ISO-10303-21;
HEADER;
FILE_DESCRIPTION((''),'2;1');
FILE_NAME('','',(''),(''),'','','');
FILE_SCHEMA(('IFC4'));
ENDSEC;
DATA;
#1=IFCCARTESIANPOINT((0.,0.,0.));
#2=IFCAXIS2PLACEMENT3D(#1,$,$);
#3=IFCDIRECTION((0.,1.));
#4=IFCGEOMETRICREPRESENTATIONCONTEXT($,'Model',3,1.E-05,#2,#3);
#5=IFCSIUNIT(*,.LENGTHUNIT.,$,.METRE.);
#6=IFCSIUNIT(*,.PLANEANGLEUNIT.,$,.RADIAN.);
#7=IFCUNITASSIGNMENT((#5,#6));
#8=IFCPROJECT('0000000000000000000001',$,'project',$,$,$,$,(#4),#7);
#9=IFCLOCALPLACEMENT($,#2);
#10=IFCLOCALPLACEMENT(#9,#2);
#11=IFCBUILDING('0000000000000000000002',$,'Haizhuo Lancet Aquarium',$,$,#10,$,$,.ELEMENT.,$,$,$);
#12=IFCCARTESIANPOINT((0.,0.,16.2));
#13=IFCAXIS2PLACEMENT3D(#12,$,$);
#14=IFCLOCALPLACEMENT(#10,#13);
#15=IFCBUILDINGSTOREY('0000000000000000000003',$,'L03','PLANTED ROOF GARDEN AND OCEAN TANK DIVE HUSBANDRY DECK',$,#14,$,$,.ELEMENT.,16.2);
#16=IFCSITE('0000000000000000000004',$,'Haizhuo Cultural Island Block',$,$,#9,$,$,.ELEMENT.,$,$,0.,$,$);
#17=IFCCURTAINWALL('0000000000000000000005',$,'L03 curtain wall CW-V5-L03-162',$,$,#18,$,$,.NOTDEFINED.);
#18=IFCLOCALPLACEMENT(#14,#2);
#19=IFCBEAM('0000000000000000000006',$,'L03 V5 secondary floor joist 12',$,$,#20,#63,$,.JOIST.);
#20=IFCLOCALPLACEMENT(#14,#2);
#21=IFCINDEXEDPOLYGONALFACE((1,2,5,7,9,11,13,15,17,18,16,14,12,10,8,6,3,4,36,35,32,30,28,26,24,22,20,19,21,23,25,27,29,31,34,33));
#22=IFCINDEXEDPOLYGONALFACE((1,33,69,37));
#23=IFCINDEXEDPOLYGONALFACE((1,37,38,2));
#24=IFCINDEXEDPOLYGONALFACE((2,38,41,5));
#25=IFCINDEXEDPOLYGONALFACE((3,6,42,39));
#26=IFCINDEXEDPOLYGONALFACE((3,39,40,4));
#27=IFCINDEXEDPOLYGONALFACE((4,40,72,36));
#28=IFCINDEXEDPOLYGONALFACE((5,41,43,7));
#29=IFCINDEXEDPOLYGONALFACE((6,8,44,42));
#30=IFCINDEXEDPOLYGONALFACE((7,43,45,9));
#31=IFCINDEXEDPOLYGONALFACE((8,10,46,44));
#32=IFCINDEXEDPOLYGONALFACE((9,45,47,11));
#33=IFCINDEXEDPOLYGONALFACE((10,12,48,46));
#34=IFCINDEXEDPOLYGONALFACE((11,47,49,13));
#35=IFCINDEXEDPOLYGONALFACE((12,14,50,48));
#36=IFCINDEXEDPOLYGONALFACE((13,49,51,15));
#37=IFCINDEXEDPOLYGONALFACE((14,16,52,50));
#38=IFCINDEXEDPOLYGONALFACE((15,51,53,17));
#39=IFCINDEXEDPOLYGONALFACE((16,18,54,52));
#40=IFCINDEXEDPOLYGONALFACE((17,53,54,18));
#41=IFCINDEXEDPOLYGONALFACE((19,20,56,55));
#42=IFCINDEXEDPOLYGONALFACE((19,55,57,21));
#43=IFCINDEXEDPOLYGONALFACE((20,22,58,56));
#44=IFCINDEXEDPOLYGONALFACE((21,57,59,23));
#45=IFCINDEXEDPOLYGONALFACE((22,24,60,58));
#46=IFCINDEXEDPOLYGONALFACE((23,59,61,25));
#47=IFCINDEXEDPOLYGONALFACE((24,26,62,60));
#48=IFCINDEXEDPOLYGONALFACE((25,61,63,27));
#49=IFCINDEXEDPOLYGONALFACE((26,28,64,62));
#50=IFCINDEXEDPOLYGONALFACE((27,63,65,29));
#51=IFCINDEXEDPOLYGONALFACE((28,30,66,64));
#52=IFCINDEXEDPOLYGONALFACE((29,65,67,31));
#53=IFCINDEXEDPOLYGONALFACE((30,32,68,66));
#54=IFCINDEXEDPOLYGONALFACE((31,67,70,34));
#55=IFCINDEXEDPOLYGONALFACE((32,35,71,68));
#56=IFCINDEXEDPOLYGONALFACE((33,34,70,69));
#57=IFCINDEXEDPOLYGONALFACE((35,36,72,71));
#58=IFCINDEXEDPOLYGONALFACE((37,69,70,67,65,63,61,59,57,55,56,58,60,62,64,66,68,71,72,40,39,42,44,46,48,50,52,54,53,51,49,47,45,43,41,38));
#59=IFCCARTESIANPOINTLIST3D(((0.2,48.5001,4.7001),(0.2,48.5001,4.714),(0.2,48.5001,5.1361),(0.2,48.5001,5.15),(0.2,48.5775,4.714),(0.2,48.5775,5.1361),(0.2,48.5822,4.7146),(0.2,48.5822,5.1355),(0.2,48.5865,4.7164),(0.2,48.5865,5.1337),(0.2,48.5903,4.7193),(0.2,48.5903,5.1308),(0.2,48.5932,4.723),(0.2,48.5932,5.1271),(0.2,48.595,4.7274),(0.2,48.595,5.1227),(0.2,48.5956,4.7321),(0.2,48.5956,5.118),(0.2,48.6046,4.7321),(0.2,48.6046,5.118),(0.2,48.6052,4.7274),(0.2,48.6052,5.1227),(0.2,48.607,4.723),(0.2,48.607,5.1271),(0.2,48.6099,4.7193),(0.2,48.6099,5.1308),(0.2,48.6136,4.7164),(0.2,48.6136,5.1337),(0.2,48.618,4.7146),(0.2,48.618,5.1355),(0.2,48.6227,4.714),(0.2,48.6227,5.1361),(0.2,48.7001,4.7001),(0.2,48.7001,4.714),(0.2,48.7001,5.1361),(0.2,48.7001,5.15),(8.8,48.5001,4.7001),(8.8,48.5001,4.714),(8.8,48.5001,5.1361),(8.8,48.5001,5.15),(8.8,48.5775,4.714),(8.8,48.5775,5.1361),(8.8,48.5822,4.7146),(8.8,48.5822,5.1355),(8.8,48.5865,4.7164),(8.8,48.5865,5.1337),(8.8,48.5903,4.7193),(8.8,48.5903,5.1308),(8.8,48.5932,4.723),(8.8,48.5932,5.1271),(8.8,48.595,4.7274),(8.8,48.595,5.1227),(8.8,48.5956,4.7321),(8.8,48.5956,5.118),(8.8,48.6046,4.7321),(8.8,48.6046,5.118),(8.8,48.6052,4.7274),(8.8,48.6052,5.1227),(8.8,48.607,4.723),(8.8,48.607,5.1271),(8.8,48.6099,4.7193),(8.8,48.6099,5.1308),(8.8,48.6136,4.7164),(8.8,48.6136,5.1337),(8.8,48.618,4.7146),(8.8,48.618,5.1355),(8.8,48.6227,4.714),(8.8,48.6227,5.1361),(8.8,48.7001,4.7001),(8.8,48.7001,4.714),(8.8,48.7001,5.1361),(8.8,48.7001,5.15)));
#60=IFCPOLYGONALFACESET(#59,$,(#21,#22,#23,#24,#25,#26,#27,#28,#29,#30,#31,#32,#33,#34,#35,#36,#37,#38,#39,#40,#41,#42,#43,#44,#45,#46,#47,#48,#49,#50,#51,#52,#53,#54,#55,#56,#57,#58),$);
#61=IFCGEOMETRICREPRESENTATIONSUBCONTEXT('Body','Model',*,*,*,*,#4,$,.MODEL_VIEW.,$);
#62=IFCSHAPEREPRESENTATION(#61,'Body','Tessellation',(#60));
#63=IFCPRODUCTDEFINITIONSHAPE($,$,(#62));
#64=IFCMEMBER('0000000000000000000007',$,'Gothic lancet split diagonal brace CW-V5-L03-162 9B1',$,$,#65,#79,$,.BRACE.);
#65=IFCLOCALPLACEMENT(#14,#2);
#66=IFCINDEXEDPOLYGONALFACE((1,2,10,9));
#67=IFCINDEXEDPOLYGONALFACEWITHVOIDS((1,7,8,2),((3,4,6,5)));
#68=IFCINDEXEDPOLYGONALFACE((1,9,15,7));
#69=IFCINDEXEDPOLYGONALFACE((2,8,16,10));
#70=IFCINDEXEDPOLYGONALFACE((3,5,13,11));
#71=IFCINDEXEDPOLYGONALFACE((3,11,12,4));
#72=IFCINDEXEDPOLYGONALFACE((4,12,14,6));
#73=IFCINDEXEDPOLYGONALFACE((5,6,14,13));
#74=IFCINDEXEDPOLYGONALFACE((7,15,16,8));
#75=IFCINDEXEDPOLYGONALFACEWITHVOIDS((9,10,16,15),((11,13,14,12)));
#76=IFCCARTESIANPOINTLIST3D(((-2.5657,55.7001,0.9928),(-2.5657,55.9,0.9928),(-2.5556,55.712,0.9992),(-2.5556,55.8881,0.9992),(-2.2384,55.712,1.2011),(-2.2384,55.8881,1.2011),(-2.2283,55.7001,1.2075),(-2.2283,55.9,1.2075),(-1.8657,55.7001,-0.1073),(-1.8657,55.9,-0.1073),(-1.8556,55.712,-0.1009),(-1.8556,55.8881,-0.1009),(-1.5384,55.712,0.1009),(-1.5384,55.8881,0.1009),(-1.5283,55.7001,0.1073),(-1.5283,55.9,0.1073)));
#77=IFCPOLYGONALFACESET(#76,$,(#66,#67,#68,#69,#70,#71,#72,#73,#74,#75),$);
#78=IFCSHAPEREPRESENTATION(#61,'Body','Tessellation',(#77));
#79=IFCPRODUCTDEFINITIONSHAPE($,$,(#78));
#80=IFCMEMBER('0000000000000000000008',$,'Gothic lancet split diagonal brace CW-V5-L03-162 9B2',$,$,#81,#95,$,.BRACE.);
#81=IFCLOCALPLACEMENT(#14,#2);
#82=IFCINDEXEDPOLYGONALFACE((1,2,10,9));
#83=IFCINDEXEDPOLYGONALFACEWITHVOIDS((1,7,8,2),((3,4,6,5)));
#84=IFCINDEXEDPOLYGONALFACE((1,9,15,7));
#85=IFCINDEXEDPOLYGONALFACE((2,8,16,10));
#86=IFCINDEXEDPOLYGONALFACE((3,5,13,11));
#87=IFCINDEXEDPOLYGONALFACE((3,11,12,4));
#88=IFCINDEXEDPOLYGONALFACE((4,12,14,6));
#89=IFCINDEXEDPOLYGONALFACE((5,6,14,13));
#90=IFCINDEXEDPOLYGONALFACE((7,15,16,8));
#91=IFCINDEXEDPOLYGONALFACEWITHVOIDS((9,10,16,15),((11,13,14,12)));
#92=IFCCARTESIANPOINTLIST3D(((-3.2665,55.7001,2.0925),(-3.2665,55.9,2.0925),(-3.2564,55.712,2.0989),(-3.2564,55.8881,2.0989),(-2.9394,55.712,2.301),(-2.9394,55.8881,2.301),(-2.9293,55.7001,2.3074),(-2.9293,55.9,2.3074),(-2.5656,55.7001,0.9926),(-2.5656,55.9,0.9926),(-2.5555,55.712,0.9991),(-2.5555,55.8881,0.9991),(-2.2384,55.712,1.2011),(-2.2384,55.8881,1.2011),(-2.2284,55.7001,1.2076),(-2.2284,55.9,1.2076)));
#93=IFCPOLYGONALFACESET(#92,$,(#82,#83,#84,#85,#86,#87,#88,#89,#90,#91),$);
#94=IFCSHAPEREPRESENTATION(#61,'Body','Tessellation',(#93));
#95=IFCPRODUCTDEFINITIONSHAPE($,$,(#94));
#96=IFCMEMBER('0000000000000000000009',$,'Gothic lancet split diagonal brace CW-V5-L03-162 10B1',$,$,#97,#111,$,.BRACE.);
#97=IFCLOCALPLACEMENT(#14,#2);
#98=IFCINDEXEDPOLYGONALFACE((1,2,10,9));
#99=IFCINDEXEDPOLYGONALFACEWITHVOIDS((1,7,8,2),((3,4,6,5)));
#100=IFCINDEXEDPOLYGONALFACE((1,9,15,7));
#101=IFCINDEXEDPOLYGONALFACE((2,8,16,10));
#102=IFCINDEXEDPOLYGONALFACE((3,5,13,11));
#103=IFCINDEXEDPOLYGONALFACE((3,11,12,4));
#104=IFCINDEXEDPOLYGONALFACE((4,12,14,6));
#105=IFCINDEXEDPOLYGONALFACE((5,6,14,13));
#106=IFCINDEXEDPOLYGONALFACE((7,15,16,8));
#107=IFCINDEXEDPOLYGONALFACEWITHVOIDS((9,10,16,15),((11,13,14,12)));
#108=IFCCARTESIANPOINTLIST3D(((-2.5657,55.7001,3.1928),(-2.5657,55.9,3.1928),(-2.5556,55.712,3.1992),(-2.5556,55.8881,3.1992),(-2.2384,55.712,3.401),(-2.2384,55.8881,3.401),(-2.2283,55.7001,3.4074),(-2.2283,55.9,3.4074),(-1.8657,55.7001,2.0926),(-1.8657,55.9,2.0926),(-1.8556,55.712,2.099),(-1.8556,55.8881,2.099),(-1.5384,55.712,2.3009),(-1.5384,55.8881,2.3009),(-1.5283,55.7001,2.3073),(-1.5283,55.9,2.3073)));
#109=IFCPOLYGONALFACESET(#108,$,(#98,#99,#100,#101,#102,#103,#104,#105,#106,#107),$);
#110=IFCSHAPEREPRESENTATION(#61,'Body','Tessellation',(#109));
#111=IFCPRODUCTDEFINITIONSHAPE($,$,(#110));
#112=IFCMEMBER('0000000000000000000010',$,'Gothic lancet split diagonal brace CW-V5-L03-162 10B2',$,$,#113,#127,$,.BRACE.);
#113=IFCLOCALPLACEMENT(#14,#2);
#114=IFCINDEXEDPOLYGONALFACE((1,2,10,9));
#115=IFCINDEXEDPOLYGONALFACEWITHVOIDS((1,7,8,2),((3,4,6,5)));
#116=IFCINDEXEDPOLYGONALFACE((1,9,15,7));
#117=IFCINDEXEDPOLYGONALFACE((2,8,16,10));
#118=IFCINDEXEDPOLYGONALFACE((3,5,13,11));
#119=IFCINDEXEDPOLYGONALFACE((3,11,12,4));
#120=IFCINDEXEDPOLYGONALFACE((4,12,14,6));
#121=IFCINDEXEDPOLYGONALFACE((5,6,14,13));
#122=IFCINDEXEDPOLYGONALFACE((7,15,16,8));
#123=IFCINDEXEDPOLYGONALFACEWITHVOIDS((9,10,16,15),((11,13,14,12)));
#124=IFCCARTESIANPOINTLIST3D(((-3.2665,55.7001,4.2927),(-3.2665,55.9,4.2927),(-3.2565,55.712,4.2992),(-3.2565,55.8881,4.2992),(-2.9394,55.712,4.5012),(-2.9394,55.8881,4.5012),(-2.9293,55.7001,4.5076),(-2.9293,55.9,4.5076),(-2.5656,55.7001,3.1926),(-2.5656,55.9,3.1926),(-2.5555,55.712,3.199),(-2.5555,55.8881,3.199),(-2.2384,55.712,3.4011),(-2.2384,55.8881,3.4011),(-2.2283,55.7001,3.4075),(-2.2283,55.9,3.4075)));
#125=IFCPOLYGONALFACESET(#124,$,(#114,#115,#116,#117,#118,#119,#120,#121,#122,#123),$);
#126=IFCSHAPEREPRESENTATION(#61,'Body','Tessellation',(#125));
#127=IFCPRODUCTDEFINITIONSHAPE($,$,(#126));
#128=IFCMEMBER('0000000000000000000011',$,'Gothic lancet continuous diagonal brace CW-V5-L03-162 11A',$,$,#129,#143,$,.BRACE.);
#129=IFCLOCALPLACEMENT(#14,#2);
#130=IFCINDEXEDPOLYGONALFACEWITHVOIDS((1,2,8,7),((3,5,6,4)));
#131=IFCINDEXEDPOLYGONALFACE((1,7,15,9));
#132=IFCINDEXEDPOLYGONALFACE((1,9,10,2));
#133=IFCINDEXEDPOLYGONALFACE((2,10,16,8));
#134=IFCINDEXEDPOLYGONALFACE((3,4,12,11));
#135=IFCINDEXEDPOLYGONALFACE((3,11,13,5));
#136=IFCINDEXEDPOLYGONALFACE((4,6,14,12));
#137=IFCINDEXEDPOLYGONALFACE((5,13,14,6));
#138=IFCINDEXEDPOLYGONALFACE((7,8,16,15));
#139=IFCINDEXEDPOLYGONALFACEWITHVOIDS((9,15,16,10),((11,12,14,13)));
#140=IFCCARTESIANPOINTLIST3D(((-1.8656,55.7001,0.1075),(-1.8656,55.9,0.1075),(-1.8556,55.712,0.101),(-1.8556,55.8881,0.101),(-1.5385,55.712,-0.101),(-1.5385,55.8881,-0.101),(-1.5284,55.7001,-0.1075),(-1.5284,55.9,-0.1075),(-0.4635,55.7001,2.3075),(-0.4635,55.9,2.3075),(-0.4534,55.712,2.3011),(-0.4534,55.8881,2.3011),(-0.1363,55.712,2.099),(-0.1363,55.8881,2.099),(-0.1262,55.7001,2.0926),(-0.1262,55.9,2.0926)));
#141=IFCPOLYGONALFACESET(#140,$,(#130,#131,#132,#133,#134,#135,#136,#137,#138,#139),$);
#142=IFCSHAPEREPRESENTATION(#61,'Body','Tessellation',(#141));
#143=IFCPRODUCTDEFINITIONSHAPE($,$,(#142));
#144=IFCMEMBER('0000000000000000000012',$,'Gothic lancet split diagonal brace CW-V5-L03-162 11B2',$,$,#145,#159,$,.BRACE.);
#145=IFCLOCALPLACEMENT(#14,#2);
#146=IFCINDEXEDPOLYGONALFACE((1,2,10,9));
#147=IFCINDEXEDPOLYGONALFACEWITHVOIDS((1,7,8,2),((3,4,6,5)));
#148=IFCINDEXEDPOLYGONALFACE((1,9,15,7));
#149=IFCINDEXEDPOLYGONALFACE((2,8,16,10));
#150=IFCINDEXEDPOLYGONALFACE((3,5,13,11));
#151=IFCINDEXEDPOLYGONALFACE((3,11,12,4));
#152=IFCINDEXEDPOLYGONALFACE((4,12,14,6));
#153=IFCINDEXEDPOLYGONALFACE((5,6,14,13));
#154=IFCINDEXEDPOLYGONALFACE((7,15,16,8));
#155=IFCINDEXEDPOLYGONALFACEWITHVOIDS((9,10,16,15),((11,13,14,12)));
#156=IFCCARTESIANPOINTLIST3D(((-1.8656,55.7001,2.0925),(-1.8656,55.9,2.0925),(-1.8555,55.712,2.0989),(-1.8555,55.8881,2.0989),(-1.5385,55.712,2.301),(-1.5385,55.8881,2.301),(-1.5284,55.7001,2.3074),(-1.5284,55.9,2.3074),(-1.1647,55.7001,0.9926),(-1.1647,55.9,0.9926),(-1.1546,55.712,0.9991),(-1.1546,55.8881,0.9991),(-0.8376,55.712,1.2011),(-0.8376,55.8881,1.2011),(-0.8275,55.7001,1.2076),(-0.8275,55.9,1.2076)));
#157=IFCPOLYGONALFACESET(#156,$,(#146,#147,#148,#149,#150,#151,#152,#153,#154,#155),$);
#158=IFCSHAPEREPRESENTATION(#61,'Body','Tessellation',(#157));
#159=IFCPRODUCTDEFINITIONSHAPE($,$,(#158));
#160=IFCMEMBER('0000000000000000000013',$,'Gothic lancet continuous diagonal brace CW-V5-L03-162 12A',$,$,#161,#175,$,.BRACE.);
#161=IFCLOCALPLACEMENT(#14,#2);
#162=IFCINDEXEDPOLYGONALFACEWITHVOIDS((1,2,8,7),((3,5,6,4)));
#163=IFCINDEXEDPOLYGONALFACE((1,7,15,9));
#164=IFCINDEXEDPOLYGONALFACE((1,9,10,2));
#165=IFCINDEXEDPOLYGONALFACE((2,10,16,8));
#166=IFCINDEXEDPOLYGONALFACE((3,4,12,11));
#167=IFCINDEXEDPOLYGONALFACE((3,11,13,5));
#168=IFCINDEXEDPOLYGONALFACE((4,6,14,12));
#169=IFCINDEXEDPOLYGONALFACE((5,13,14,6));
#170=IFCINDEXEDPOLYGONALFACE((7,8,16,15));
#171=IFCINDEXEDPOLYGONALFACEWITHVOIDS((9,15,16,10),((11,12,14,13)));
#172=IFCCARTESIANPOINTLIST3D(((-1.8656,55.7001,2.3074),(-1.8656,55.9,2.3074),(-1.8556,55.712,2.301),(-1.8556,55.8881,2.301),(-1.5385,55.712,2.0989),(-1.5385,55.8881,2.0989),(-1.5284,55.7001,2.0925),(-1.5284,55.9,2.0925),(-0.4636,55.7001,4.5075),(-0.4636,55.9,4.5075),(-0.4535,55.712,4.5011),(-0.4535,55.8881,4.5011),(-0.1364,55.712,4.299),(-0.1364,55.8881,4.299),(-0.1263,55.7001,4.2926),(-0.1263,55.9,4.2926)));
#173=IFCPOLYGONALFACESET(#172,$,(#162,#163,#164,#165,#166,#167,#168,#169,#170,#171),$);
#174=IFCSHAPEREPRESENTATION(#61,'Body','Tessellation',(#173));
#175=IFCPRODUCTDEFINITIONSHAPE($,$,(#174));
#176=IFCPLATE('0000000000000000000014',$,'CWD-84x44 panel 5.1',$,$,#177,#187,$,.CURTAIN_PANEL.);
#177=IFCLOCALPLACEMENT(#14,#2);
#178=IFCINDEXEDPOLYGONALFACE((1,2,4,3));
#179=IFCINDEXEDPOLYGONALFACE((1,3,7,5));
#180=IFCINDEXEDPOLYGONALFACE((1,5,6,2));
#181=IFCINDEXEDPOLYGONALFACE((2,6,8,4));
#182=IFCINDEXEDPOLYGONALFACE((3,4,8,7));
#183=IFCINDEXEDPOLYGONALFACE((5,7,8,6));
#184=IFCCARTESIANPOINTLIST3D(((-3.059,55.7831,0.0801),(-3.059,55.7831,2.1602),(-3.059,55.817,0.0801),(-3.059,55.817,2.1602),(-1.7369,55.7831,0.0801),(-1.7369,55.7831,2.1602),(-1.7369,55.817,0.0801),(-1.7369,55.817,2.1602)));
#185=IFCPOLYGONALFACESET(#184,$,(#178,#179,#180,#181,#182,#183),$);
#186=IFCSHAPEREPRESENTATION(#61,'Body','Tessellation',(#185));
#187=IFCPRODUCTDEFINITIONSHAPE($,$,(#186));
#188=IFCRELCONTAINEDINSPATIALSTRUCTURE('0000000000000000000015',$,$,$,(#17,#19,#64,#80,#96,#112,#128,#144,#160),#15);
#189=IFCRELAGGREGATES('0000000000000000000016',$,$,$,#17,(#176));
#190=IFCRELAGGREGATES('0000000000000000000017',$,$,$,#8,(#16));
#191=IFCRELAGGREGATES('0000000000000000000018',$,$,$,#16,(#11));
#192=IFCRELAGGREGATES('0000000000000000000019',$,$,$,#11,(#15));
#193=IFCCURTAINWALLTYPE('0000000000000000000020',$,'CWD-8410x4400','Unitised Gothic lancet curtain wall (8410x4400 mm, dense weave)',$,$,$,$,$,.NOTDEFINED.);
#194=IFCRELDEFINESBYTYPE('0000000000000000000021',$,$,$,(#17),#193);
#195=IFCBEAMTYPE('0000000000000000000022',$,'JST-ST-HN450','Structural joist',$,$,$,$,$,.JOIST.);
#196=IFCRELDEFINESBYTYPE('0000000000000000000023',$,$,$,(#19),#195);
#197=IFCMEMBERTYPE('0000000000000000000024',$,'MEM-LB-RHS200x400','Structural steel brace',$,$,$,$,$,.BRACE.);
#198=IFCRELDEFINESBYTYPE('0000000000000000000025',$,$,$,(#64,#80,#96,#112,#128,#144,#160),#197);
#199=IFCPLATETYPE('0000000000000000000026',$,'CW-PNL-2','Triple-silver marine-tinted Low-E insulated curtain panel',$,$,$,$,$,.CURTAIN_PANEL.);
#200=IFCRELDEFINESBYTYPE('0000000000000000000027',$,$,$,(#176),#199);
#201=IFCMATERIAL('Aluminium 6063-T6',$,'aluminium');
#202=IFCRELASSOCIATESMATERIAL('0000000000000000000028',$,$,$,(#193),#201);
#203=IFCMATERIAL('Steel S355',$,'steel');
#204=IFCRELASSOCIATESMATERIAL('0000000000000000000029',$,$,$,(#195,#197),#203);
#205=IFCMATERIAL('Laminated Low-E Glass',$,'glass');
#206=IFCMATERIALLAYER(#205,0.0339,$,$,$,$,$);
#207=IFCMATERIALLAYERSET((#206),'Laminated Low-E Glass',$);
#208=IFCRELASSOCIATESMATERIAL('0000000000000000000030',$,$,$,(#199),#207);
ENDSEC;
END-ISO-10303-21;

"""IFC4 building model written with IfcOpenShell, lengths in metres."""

from ifc_helpers import new_model, si_unit, direction, frame, origin, origin_2d, place, context, subcontext, project, spatial, rectangle, hollow_rectangle, i_section, extrude, material, layer, layer_set, material_profile, profile_set, type_object, element, aggregate, save


model = new_model("IFC4")

# Units and contexts
model_context = context("Model", 3, precision=1e-05, world=origin(), true_north=direction((0.0, 1.0)))
body_context = subcontext(model_context, "Body", "Model", "MODEL_VIEW")
ifc_project = project(units=[si_unit("LENGTHUNIT", "METRE"), si_unit("PLANEANGLEUNIT", "RADIAN")], contexts=[model_context])

# Site, building, storey
site_placement = place(None, origin())
site = spatial("IfcSite", under=ifc_project, at=site_placement, Name="Haizhuo Cultural Island Block", CompositionType="ELEMENT", RefElevation=0.0)
building_placement = place(site_placement, origin())
building = spatial("IfcBuilding", under=site, at=building_placement, Name="Haizhuo Lancet Aquarium", CompositionType="ELEMENT")
storey_placement = place(building_placement, frame((0.0, 0.0, 16.2)))
storey = spatial("IfcBuildingStorey", under=building, at=storey_placement, Name="L03", Description="PLANTED ROOF GARDEN AND OCEAN TANK DIVE HUSBANDRY DECK", CompositionType="ELEMENT", Elevation=16.2)

# Curtain wall
ifc_material_1 = material(Name="Aluminium 6063-T6", Category="aluminium")
curtain_wall_type = type_object("IfcCurtainWallType", Name="CWD-8410x4400", Description="Unitised Gothic lancet curtain wall (8410x4400 mm, dense weave)", PredefinedType="NOTDEFINED", material=ifc_material_1)
curtain_wall_placement = place(storey_placement, origin())
curtain_wall = element("IfcCurtainWall", 1, at=curtain_wall_placement, inside=storey, type_object=curtain_wall_type, Name="L03 curtain wall CW-V5-L03-162", PredefinedType="NOTDEFINED")

# Beam
ifc_material_2 = material(Name="Steel S355", Category="steel")
ifc_material_profile_1 = material_profile(ifc_material_2, i_section(OverallWidth=0.2, OverallDepth=0.45, WebThickness=0.009, FlangeThickness=0.0139, FilletRadius=0.0181, at=origin_2d()), Name="HN 450x200x9x14")
ifc_profile_set_1 = profile_set([ifc_material_profile_1], Name="Steel S355")
beam_type_1 = type_object("IfcBeamType", Name="JST-ST-HN450", Description="Structural joist", PredefinedType="JOIST", material=ifc_profile_set_1)
beam_1_placement = place(storey_placement, frame((0.2, 48.6001, 4.925), z_axis=(1.0, 0.0, 0.0), x_axis=(0.0, 1.0, 0.0)))
element("IfcBeam", 2, at=beam_1_placement, inside=storey, type_object=beam_type_1, Name="L03 V5 secondary floor joist 12", PredefinedType="JOIST", context=body_context, shape_type="SweptSolid", body=[
    extrude(i_section(OverallWidth=0.2, OverallDepth=0.45, WebThickness=0.009, FlangeThickness=0.0139, FilletRadius=0.0181, at=origin_2d()), origin(), (0.0, 0.0, 1.0), 8.6001),
])

# Members
ifc_material_profile_2 = material_profile(ifc_material_2, hollow_rectangle(XDim=0.2, YDim=0.3999, WallThickness=0.012, at=origin_2d()), Name="RHS 200x400x12")
ifc_profile_set_2 = profile_set([ifc_material_profile_2], Name="Steel S355")
member_type_1 = type_object("IfcMemberType", Name="MEM-LB-RHS200x400", Description="Structural steel brace", PredefinedType="BRACE", material=ifc_profile_set_2)
member_1_placement = place(storey_placement, frame((-1.697, 55.8, 0.0), z_axis=(-0.536815, 0.0, 0.8437), x_axis=(0.0, -1.0, 0.0)))
element("IfcMember", 3, at=member_1_placement, inside=storey, type_object=member_type_1, Name="Gothic lancet split diagonal brace CW-V5-L03-162 9B1", PredefinedType="BRACE", context=body_context, shape_type="SweptSolid", body=[
    extrude(hollow_rectangle(XDim=0.2, YDim=0.3999, WallThickness=0.012, at=origin_2d()), origin(), (0.0, 0.0, 1.0), 1.304),
])
member_2_placement = place(storey_placement, frame((-2.397, 55.8, 1.1001), z_axis=(-0.537433, 0.0, 0.843307), x_axis=(0.0, -1.0, 0.0)))
element("IfcMember", 4, at=member_2_placement, inside=storey, type_object=member_type_1, Name="Gothic lancet split diagonal brace CW-V5-L03-162 9B2", PredefinedType="BRACE", context=body_context, shape_type="SweptSolid", body=[
    extrude(hollow_rectangle(XDim=0.2, YDim=0.3999, WallThickness=0.012, at=origin_2d()), origin(), (0.0, 0.0, 1.0), 1.3042),
])
member_3_placement = place(storey_placement, frame((-1.697, 55.8, 2.2), z_axis=(-0.536815, 0.0, 0.8437), x_axis=(0.0, -1.0, 0.0)))
element("IfcMember", 5, at=member_3_placement, inside=storey, type_object=member_type_1, Name="Gothic lancet split diagonal brace CW-V5-L03-162 10B1", PredefinedType="BRACE", context=body_context, shape_type="SweptSolid", body=[
    extrude(hollow_rectangle(XDim=0.2, YDim=0.3999, WallThickness=0.012, at=origin_2d()), origin(), (0.0, 0.0, 1.0), 1.304),
])
member_4_placement = place(storey_placement, frame((-2.397, 55.8, 3.3), z_axis=(-0.537348, 0.0, 0.843361), x_axis=(0.0, -1.0, 0.0)))
element("IfcMember", 6, at=member_4_placement, inside=storey, type_object=member_type_1, Name="Gothic lancet split diagonal brace CW-V5-L03-162 10B2", PredefinedType="BRACE", context=body_context, shape_type="SweptSolid", body=[
    extrude(hollow_rectangle(XDim=0.2, YDim=0.3999, WallThickness=0.012, at=origin_2d()), origin(), (0.0, 0.0, 1.0), 1.3044),
])
member_5_placement = place(storey_placement, frame((-1.697, 55.8, 0.0), z_axis=(0.537457, 0.0, 0.843291), x_axis=(0.0, 1.0, 0.0)))
element("IfcMember", 7, at=member_5_placement, inside=storey, type_object=member_type_1, Name="Gothic lancet continuous diagonal brace CW-V5-L03-162 11A", PredefinedType="BRACE", context=body_context, shape_type="SweptSolid", body=[
    extrude(hollow_rectangle(XDim=0.2, YDim=0.3999, WallThickness=0.012, at=origin_2d()), origin(), (0.0, 0.0, 1.0), 2.6089),
])
member_6_placement = place(storey_placement, frame((-0.9961, 55.8, 1.1001), z_axis=(-0.537433, 0.0, 0.843307), x_axis=(0.0, -1.0, 0.0)))
element("IfcMember", 8, at=member_6_placement, inside=storey, type_object=member_type_1, Name="Gothic lancet split diagonal brace CW-V5-L03-162 11B2", PredefinedType="BRACE", context=body_context, shape_type="SweptSolid", body=[
    extrude(hollow_rectangle(XDim=0.2, YDim=0.3999, WallThickness=0.012, at=origin_2d()), origin(), (0.0, 0.0, 1.0), 1.3042),
])
member_7_placement = place(storey_placement, frame((-1.697, 55.8, 2.2), z_axis=(0.537414, 0.0, 0.843318), x_axis=(0.0, 1.0, 0.0)))
element("IfcMember", 9, at=member_7_placement, inside=storey, type_object=member_type_1, Name="Gothic lancet continuous diagonal brace CW-V5-L03-162 12A", PredefinedType="BRACE", context=body_context, shape_type="SweptSolid", body=[
    extrude(hollow_rectangle(XDim=0.2, YDim=0.3999, WallThickness=0.012, at=origin_2d()), origin(), (0.0, 0.0, 1.0), 2.6089),
])

# Plate
ifc_material_3 = material(Name="Laminated Low-E Glass", Category="glass")
ifc_layer_1 = layer(ifc_material_3, 0.0339)
ifc_layer_set_1 = layer_set([ifc_layer_1], Name="Laminated Low-E Glass")
plate_type = type_object("IfcPlateType", Name="CW-PNL-2", Description="Triple-silver marine-tinted Low-E insulated curtain panel", PredefinedType="CURTAIN_PANEL", material=ifc_layer_set_1)
plate_1_placement = place(storey_placement, frame((-2.3979, 55.8, 0.0801), z_axis=(0.0, 0.0, 1.0), x_axis=(1.0, 0.0, 0.0)))
plate_1 = element("IfcPlate", 10, at=plate_1_placement, type_object=plate_type, Name="CWD-84x44 panel 5.1", PredefinedType="CURTAIN_PANEL", context=body_context, shape_type="SweptSolid", body=[
    extrude(rectangle(XDim=1.322, YDim=0.0339, at=origin_2d()), origin(), (0.0, 0.0, 1.0), 2.0801),
])
aggregate(curtain_wall, [plate_1])

save(model, "model.ifc")
